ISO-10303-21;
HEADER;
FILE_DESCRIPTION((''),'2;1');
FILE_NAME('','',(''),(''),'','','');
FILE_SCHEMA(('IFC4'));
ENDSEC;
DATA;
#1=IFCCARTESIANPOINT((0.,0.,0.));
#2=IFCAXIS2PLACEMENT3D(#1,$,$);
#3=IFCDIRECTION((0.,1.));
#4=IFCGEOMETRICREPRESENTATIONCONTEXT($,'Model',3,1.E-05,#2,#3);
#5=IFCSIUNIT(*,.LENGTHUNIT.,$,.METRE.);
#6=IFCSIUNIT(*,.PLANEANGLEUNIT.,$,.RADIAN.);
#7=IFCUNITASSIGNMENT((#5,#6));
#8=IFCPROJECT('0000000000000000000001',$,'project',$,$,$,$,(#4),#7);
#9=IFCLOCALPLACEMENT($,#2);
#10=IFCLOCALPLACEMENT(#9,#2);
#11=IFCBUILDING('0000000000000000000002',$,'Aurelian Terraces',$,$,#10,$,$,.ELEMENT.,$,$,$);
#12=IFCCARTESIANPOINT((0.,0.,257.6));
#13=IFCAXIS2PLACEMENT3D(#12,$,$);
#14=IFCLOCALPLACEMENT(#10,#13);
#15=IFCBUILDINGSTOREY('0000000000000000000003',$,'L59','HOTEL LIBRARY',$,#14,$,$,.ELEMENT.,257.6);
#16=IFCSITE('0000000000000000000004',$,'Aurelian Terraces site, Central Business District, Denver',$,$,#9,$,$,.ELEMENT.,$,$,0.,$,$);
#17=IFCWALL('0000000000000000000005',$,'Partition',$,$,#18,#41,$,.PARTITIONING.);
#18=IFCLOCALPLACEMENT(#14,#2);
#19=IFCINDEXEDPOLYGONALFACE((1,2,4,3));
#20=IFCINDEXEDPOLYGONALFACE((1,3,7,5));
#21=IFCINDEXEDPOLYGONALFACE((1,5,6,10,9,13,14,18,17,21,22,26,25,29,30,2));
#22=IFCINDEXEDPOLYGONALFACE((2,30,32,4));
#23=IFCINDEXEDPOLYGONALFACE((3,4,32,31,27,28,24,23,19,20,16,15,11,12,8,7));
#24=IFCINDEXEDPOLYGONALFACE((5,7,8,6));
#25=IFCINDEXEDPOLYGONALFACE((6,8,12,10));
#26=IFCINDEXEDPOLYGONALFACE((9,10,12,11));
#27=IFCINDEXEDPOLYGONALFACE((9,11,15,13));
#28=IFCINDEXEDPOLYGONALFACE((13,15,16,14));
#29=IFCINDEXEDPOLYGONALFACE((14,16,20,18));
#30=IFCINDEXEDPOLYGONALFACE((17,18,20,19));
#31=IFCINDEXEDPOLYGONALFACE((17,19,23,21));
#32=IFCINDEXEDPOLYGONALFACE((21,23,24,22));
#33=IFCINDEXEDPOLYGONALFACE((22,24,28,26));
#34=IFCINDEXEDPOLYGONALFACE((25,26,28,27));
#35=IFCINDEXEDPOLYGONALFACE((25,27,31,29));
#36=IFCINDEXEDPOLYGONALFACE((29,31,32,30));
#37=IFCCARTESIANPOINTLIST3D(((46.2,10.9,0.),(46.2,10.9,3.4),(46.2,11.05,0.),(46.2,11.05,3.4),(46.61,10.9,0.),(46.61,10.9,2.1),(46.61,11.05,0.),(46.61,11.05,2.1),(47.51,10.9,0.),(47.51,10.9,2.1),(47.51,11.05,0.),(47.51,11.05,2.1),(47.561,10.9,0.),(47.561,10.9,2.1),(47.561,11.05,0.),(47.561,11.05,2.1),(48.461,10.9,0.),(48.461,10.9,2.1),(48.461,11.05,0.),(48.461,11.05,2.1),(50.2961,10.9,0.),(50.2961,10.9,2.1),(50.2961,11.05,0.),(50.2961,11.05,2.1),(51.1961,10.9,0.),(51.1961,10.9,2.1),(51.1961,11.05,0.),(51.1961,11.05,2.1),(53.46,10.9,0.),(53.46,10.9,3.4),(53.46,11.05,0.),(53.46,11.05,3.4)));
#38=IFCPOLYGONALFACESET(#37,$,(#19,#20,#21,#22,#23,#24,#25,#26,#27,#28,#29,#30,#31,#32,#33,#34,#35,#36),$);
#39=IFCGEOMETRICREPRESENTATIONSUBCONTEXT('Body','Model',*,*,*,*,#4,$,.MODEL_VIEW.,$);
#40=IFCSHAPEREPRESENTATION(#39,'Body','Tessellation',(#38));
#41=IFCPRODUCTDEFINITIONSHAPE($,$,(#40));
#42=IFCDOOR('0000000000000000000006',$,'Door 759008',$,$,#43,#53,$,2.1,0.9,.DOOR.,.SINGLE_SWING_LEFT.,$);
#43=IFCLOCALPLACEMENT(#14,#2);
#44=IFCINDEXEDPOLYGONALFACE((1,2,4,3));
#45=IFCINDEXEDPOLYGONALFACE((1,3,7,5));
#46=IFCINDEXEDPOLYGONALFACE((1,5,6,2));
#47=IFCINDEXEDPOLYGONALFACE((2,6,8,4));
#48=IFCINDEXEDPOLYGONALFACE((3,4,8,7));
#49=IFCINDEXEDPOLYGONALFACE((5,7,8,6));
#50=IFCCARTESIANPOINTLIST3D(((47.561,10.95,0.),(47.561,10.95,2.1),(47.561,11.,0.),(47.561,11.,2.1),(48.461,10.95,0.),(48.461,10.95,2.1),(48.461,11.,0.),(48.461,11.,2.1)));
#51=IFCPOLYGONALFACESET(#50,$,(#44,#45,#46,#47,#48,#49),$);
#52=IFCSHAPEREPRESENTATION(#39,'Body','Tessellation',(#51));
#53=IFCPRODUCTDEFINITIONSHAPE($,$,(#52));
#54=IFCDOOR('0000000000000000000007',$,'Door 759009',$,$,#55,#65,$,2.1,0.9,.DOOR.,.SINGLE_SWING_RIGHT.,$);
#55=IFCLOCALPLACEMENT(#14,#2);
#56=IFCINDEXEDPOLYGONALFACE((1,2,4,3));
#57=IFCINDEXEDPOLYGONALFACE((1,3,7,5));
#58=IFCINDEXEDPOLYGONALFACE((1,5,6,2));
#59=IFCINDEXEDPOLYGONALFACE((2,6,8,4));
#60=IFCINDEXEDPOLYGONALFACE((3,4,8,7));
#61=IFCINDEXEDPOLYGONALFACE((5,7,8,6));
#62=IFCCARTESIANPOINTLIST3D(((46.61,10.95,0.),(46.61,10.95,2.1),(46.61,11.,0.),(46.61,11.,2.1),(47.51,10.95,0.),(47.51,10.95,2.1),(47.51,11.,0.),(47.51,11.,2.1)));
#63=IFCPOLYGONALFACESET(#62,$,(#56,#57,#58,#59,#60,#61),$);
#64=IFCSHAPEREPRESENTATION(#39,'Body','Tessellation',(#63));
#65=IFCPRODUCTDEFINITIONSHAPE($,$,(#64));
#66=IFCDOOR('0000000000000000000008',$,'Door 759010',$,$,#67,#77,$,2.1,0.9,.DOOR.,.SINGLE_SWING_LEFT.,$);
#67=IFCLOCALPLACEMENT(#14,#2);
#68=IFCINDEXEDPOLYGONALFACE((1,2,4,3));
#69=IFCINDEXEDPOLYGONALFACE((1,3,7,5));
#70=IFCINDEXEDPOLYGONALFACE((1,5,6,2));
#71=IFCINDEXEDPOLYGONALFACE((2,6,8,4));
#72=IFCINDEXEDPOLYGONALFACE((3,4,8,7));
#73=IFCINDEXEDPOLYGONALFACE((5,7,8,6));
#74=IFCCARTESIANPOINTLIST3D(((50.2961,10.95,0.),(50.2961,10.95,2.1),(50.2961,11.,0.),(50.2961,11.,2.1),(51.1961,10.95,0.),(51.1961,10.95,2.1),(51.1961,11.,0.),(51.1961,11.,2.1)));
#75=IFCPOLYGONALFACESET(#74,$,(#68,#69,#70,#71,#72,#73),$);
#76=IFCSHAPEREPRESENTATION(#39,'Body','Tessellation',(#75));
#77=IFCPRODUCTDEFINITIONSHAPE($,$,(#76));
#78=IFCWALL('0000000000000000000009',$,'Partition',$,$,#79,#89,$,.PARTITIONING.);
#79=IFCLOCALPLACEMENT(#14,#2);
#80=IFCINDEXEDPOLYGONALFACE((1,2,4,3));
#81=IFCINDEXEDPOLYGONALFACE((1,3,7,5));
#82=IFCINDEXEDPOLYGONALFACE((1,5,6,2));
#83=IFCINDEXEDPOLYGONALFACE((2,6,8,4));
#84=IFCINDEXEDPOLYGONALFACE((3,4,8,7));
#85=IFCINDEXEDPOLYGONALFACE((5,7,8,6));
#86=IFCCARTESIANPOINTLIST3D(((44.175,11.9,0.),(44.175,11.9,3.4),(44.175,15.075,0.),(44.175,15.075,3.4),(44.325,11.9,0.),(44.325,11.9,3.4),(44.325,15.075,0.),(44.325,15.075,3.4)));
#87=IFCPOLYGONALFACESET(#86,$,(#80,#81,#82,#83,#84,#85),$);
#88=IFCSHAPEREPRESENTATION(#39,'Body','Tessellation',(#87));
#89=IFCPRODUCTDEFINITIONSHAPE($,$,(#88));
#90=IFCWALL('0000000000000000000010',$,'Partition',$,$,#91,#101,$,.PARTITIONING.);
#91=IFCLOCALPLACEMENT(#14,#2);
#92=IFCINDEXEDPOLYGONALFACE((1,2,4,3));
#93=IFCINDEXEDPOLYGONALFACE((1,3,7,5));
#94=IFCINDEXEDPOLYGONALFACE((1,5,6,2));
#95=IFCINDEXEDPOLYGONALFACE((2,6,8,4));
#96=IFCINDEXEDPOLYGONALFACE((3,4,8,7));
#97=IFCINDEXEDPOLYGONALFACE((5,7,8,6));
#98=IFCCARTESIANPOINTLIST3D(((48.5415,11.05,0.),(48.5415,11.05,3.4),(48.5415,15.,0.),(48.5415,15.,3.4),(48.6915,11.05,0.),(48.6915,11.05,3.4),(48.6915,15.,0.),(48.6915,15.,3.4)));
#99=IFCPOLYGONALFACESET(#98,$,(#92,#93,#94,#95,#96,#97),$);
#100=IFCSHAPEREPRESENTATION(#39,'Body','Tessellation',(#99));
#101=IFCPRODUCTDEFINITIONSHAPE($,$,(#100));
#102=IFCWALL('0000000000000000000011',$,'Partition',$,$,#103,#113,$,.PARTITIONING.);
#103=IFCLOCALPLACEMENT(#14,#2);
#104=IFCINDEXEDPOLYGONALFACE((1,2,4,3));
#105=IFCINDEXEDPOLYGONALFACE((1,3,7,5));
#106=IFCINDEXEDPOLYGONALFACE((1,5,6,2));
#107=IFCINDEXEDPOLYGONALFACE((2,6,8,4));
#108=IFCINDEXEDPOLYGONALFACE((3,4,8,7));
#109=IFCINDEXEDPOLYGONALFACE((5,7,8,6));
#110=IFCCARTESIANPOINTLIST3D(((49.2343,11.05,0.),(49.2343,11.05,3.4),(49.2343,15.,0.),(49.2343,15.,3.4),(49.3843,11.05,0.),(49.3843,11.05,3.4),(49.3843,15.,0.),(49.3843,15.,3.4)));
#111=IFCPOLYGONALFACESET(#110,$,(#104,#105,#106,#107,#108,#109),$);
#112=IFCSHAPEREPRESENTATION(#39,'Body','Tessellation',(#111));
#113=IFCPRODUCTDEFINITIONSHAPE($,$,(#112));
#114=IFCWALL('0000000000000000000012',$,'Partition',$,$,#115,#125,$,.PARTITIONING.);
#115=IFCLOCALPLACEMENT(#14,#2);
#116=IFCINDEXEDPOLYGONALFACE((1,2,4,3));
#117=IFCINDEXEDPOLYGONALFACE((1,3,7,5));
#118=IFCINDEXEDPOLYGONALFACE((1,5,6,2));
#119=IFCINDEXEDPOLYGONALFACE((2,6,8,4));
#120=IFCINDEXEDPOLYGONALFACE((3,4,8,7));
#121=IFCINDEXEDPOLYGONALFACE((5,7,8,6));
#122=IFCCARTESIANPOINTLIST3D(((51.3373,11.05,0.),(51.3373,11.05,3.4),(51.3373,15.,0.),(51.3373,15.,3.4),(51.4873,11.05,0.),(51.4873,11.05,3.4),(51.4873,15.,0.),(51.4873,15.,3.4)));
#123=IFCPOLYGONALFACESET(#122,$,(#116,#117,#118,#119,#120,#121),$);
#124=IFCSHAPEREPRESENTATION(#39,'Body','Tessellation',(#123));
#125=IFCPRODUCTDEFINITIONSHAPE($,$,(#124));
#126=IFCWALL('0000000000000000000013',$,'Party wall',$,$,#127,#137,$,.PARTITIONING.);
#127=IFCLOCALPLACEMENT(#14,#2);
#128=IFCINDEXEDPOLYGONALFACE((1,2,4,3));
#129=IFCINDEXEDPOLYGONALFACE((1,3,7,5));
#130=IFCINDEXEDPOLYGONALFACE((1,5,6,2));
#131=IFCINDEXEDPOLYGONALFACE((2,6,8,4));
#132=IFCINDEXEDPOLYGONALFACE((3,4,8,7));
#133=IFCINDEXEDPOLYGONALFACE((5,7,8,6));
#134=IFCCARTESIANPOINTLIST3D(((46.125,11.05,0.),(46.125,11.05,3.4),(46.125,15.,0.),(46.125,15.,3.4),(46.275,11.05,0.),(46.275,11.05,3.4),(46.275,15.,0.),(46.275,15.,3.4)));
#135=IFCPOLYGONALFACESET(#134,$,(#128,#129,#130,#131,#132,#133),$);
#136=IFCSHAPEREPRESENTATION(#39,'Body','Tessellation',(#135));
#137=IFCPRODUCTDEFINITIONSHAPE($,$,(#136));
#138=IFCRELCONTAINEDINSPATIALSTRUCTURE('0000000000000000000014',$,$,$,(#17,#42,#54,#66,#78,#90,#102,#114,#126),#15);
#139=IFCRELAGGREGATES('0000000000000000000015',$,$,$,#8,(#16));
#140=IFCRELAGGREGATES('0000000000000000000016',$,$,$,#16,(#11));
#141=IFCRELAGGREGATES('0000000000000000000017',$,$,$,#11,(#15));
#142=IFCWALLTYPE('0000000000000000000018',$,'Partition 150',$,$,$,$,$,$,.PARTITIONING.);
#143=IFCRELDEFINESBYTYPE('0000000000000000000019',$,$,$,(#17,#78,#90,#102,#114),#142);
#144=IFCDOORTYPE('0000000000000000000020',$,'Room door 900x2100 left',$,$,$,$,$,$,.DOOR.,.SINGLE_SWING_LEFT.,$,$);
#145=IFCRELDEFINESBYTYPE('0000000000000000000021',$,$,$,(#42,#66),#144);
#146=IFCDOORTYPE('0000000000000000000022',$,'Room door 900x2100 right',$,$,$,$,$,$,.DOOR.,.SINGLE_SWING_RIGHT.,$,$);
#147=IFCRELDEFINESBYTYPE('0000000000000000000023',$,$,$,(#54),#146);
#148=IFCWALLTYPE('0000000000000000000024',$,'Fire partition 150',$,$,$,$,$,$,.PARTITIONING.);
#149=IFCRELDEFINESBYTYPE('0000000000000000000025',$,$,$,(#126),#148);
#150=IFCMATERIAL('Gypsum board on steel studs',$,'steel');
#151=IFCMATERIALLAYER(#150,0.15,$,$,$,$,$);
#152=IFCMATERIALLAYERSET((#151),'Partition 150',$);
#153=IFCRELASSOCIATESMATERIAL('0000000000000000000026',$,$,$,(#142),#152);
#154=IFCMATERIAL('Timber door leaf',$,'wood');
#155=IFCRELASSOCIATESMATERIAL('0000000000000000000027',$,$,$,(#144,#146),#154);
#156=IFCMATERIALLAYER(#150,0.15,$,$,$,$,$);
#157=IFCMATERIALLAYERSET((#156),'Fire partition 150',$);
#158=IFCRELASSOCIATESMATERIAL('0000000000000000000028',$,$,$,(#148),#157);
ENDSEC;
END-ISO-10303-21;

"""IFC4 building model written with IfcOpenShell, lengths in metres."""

from ifc_helpers import new_model, si_unit, direction, frame, frame_2d, origin, place, context, subcontext, project, spatial, rectangle, extrude, source, transform, mapped, material, layer, layer_set, type_object, element, fill, save


model = new_model("IFC4")

# Units and contexts
model_context = context("Model", 3, precision=1e-05, world=origin(), true_north=direction((0.0, 1.0)))
body_context = subcontext(model_context, "Body", "Model", "MODEL_VIEW")
ifc_project = project(units=[si_unit("LENGTHUNIT", "METRE"), si_unit("PLANEANGLEUNIT", "RADIAN")], contexts=[model_context])

# Site, building, storey
site_placement = place(None, origin())
site = spatial("IfcSite", under=ifc_project, at=site_placement, Name="Aurelian Terraces site, Central Business District, Denver", CompositionType="ELEMENT", RefElevation=0.0)
building_placement = place(site_placement, origin())
building = spatial("IfcBuilding", under=site, at=building_placement, Name="Aurelian Terraces", CompositionType="ELEMENT")
storey_placement = place(building_placement, frame((0.0, 0.0, 257.6)))
storey = spatial("IfcBuildingStorey", under=building, at=storey_placement, Name="L59", Description="HOTEL LIBRARY", CompositionType="ELEMENT", Elevation=257.6)

# Shared definitions
ifc_material_1 = material(Name="Gypsum board on steel studs", Category="steel")

# Shared definitions
ifc_layer_1 = layer(ifc_material_1, 0.15)
ifc_layer_set_1 = layer_set([ifc_layer_1], Name="Partition 150")
wall_type_1 = type_object("IfcWallType", Name="Partition 150", PredefinedType="PARTITIONING", material=ifc_layer_set_1)
shared_shape_1 = source(origin(), body_context, "Body", "SweptSolid", [
    extrude(rectangle(XDim=0.9, YDim=2.1, at=frame_2d((0.45, 1.05))), frame((0.0, 0.085, 0.0), z_axis=(0.0, -1.0, 0.0), x_axis=(1.0, 0.0, 0.0)), (0.0, 0.0, 1.0), 0.17),
])
ifc_material_2 = material(Name="Timber door leaf", Category="wood")
door_type_1 = type_object("IfcDoorType", Name="Room door 900x2100 left", OperationType="SINGLE_SWING_LEFT", PredefinedType="DOOR", material=ifc_material_2)
shared_shape_2 = source(origin(), body_context, "Body", "SweptSolid", [
    extrude(rectangle(XDim=0.9, YDim=2.1, at=frame_2d((0.45, 1.05))), frame((0.0, 0.025, 0.0), z_axis=(0.0, -1.0, 0.0), x_axis=(1.0, 0.0, 0.0)), (0.0, 0.0, 1.0), 0.05),
])

# Wall, openings, doors
shared_shape_3 = source(origin(), body_context, "Body", "SweptSolid", [
    extrude(rectangle(XDim=7.26, YDim=0.15, at=frame_2d((3.63, 0.0))), origin(), (0.0, 0.0, 1.0), 3.4),
])
wall_1_placement = place(storey_placement, frame((53.46, 10.975, 0.0), z_axis=(0.0, 0.0, 1.0), x_axis=(-1.0, 0.0, 0.0)))
wall_1 = element("IfcWall", 1, at=wall_1_placement, inside=storey, type_object=wall_type_1, Name="Partition", PredefinedType="PARTITIONING", context=body_context, shape_type="MappedRepresentation", body=[
    mapped(shared_shape_3, transform((0.0, 0.0, 0.0), scale=1.0)),
])
opening_1_placement = place(wall_1_placement, frame((4.999, 0.0, 0.0)))
opening_1 = element("IfcOpeningElement", 2, at=opening_1_placement, cuts=wall_1, PredefinedType="OPENING", context=body_context, shape_type="MappedRepresentation", body=[
    mapped(shared_shape_1, transform((0.0, 0.0, 0.0), scale=1.0)),
])
opening_2_placement = place(wall_1_placement, frame((5.95, 0.0, 0.0)))
opening_2 = element("IfcOpeningElement", 3, at=opening_2_placement, cuts=wall_1, PredefinedType="OPENING", context=body_context, shape_type="MappedRepresentation", body=[
    mapped(shared_shape_1, transform((0.0, 0.0, 0.0), scale=1.0)),
])
opening_3_placement = place(wall_1_placement, frame((2.2639, 0.0, 0.0)))
opening_3 = element("IfcOpeningElement", 4, at=opening_3_placement, cuts=wall_1, PredefinedType="OPENING", context=body_context, shape_type="MappedRepresentation", body=[
    mapped(shared_shape_1, transform((0.0, 0.0, 0.0), scale=1.0)),
])
door_1_placement = place(opening_1_placement, origin())
door_1 = element("IfcDoor", 5, at=door_1_placement, inside=storey, type_object=door_type_1, Name="Door 759008", OperationType="SINGLE_SWING_LEFT", OverallHeight=2.1, OverallWidth=0.9, PredefinedType="DOOR", context=body_context, shape_type="MappedRepresentation", body=[
    mapped(shared_shape_2, transform((0.0, 0.0, 0.0), scale=1.0)),
])
fill(opening_1, door_1)
door_type_2 = type_object("IfcDoorType", Name="Room door 900x2100 right", OperationType="SINGLE_SWING_RIGHT", PredefinedType="DOOR", material=ifc_material_2)
door_2_placement = place(opening_2_placement, origin())
door_2 = element("IfcDoor", 6, at=door_2_placement, inside=storey, type_object=door_type_2, Name="Door 759009", OperationType="SINGLE_SWING_RIGHT", OverallHeight=2.1, OverallWidth=0.9, PredefinedType="DOOR", context=body_context, shape_type="MappedRepresentation", body=[
    mapped(shared_shape_2, transform((0.0, 0.0, 0.0), scale=1.0)),
])
fill(opening_2, door_2)
door_3_placement = place(opening_3_placement, origin())
door_3 = element("IfcDoor", 7, at=door_3_placement, inside=storey, type_object=door_type_1, Name="Door 759010", OperationType="SINGLE_SWING_LEFT", OverallHeight=2.1, OverallWidth=0.9, PredefinedType="DOOR", context=body_context, shape_type="MappedRepresentation", body=[
    mapped(shared_shape_2, transform((0.0, 0.0, 0.0), scale=1.0)),
])
fill(opening_3, door_3)

# Walls
shared_shape_4 = source(origin(), body_context, "Body", "SweptSolid", [
    extrude(rectangle(XDim=3.175, YDim=0.15, at=frame_2d((1.5875, 0.0))), origin(), (0.0, 0.0, 1.0), 3.4),
])
wall_2_placement = place(storey_placement, frame((44.25, 11.9, 0.0), z_axis=(0.0, 0.0, 1.0), x_axis=(0.0, 1.0, 0.0)))
element("IfcWall", 8, at=wall_2_placement, inside=storey, type_object=wall_type_1, Name="Partition", PredefinedType="PARTITIONING", context=body_context, shape_type="MappedRepresentation", body=[
    mapped(shared_shape_4, transform((0.0, 0.0, 0.0), scale=1.0)),
])
shared_shape_5 = source(origin(), body_context, "Body", "SweptSolid", [
    extrude(rectangle(XDim=3.95, YDim=0.15, at=frame_2d((1.975, 0.0))), origin(), (0.0, 0.0, 1.0), 3.4),
])
for number, where, z_axis, x_axis, name in (
    (9, (48.6165, 11.05, 0.0), (0.0, 0.0, 1.0), (0.0, 1.0, 0.0), "Partition"),
    (10, (49.3093, 11.05, 0.0), (0.0, 0.0, 1.0), (0.0, 1.0, 0.0), "Partition"),
    (11, (51.4123, 11.05, 0.0), (0.0, 0.0, 1.0), (0.0, 1.0, 0.0), "Partition"),
):
    element("IfcWall", number, at=place(storey_placement, frame(where, z_axis=z_axis, x_axis=x_axis)), inside=storey, type_object=wall_type_1, Name=name, PredefinedType="PARTITIONING", context=body_context, shape_type="MappedRepresentation", body=[
        mapped(shared_shape_5, transform((0.0, 0.0, 0.0), scale=1.0)),
    ])
ifc_layer_2 = layer(ifc_material_1, 0.15)
ifc_layer_set_2 = layer_set([ifc_layer_2], Name="Fire partition 150")
wall_type_2 = type_object("IfcWallType", Name="Fire partition 150", PredefinedType="PARTITIONING", material=ifc_layer_set_2)
wall_3_placement = place(storey_placement, frame((46.2, 11.05, 0.0), z_axis=(0.0, 0.0, 1.0), x_axis=(0.0, 1.0, 0.0)))
element("IfcWall", 12, at=wall_3_placement, inside=storey, type_object=wall_type_2, Name="Party wall", PredefinedType="PARTITIONING", context=body_context, shape_type="MappedRepresentation", body=[
    mapped(shared_shape_5, transform((0.0, 0.0, 0.0), scale=1.0)),
])

save(model, "model.ifc")
